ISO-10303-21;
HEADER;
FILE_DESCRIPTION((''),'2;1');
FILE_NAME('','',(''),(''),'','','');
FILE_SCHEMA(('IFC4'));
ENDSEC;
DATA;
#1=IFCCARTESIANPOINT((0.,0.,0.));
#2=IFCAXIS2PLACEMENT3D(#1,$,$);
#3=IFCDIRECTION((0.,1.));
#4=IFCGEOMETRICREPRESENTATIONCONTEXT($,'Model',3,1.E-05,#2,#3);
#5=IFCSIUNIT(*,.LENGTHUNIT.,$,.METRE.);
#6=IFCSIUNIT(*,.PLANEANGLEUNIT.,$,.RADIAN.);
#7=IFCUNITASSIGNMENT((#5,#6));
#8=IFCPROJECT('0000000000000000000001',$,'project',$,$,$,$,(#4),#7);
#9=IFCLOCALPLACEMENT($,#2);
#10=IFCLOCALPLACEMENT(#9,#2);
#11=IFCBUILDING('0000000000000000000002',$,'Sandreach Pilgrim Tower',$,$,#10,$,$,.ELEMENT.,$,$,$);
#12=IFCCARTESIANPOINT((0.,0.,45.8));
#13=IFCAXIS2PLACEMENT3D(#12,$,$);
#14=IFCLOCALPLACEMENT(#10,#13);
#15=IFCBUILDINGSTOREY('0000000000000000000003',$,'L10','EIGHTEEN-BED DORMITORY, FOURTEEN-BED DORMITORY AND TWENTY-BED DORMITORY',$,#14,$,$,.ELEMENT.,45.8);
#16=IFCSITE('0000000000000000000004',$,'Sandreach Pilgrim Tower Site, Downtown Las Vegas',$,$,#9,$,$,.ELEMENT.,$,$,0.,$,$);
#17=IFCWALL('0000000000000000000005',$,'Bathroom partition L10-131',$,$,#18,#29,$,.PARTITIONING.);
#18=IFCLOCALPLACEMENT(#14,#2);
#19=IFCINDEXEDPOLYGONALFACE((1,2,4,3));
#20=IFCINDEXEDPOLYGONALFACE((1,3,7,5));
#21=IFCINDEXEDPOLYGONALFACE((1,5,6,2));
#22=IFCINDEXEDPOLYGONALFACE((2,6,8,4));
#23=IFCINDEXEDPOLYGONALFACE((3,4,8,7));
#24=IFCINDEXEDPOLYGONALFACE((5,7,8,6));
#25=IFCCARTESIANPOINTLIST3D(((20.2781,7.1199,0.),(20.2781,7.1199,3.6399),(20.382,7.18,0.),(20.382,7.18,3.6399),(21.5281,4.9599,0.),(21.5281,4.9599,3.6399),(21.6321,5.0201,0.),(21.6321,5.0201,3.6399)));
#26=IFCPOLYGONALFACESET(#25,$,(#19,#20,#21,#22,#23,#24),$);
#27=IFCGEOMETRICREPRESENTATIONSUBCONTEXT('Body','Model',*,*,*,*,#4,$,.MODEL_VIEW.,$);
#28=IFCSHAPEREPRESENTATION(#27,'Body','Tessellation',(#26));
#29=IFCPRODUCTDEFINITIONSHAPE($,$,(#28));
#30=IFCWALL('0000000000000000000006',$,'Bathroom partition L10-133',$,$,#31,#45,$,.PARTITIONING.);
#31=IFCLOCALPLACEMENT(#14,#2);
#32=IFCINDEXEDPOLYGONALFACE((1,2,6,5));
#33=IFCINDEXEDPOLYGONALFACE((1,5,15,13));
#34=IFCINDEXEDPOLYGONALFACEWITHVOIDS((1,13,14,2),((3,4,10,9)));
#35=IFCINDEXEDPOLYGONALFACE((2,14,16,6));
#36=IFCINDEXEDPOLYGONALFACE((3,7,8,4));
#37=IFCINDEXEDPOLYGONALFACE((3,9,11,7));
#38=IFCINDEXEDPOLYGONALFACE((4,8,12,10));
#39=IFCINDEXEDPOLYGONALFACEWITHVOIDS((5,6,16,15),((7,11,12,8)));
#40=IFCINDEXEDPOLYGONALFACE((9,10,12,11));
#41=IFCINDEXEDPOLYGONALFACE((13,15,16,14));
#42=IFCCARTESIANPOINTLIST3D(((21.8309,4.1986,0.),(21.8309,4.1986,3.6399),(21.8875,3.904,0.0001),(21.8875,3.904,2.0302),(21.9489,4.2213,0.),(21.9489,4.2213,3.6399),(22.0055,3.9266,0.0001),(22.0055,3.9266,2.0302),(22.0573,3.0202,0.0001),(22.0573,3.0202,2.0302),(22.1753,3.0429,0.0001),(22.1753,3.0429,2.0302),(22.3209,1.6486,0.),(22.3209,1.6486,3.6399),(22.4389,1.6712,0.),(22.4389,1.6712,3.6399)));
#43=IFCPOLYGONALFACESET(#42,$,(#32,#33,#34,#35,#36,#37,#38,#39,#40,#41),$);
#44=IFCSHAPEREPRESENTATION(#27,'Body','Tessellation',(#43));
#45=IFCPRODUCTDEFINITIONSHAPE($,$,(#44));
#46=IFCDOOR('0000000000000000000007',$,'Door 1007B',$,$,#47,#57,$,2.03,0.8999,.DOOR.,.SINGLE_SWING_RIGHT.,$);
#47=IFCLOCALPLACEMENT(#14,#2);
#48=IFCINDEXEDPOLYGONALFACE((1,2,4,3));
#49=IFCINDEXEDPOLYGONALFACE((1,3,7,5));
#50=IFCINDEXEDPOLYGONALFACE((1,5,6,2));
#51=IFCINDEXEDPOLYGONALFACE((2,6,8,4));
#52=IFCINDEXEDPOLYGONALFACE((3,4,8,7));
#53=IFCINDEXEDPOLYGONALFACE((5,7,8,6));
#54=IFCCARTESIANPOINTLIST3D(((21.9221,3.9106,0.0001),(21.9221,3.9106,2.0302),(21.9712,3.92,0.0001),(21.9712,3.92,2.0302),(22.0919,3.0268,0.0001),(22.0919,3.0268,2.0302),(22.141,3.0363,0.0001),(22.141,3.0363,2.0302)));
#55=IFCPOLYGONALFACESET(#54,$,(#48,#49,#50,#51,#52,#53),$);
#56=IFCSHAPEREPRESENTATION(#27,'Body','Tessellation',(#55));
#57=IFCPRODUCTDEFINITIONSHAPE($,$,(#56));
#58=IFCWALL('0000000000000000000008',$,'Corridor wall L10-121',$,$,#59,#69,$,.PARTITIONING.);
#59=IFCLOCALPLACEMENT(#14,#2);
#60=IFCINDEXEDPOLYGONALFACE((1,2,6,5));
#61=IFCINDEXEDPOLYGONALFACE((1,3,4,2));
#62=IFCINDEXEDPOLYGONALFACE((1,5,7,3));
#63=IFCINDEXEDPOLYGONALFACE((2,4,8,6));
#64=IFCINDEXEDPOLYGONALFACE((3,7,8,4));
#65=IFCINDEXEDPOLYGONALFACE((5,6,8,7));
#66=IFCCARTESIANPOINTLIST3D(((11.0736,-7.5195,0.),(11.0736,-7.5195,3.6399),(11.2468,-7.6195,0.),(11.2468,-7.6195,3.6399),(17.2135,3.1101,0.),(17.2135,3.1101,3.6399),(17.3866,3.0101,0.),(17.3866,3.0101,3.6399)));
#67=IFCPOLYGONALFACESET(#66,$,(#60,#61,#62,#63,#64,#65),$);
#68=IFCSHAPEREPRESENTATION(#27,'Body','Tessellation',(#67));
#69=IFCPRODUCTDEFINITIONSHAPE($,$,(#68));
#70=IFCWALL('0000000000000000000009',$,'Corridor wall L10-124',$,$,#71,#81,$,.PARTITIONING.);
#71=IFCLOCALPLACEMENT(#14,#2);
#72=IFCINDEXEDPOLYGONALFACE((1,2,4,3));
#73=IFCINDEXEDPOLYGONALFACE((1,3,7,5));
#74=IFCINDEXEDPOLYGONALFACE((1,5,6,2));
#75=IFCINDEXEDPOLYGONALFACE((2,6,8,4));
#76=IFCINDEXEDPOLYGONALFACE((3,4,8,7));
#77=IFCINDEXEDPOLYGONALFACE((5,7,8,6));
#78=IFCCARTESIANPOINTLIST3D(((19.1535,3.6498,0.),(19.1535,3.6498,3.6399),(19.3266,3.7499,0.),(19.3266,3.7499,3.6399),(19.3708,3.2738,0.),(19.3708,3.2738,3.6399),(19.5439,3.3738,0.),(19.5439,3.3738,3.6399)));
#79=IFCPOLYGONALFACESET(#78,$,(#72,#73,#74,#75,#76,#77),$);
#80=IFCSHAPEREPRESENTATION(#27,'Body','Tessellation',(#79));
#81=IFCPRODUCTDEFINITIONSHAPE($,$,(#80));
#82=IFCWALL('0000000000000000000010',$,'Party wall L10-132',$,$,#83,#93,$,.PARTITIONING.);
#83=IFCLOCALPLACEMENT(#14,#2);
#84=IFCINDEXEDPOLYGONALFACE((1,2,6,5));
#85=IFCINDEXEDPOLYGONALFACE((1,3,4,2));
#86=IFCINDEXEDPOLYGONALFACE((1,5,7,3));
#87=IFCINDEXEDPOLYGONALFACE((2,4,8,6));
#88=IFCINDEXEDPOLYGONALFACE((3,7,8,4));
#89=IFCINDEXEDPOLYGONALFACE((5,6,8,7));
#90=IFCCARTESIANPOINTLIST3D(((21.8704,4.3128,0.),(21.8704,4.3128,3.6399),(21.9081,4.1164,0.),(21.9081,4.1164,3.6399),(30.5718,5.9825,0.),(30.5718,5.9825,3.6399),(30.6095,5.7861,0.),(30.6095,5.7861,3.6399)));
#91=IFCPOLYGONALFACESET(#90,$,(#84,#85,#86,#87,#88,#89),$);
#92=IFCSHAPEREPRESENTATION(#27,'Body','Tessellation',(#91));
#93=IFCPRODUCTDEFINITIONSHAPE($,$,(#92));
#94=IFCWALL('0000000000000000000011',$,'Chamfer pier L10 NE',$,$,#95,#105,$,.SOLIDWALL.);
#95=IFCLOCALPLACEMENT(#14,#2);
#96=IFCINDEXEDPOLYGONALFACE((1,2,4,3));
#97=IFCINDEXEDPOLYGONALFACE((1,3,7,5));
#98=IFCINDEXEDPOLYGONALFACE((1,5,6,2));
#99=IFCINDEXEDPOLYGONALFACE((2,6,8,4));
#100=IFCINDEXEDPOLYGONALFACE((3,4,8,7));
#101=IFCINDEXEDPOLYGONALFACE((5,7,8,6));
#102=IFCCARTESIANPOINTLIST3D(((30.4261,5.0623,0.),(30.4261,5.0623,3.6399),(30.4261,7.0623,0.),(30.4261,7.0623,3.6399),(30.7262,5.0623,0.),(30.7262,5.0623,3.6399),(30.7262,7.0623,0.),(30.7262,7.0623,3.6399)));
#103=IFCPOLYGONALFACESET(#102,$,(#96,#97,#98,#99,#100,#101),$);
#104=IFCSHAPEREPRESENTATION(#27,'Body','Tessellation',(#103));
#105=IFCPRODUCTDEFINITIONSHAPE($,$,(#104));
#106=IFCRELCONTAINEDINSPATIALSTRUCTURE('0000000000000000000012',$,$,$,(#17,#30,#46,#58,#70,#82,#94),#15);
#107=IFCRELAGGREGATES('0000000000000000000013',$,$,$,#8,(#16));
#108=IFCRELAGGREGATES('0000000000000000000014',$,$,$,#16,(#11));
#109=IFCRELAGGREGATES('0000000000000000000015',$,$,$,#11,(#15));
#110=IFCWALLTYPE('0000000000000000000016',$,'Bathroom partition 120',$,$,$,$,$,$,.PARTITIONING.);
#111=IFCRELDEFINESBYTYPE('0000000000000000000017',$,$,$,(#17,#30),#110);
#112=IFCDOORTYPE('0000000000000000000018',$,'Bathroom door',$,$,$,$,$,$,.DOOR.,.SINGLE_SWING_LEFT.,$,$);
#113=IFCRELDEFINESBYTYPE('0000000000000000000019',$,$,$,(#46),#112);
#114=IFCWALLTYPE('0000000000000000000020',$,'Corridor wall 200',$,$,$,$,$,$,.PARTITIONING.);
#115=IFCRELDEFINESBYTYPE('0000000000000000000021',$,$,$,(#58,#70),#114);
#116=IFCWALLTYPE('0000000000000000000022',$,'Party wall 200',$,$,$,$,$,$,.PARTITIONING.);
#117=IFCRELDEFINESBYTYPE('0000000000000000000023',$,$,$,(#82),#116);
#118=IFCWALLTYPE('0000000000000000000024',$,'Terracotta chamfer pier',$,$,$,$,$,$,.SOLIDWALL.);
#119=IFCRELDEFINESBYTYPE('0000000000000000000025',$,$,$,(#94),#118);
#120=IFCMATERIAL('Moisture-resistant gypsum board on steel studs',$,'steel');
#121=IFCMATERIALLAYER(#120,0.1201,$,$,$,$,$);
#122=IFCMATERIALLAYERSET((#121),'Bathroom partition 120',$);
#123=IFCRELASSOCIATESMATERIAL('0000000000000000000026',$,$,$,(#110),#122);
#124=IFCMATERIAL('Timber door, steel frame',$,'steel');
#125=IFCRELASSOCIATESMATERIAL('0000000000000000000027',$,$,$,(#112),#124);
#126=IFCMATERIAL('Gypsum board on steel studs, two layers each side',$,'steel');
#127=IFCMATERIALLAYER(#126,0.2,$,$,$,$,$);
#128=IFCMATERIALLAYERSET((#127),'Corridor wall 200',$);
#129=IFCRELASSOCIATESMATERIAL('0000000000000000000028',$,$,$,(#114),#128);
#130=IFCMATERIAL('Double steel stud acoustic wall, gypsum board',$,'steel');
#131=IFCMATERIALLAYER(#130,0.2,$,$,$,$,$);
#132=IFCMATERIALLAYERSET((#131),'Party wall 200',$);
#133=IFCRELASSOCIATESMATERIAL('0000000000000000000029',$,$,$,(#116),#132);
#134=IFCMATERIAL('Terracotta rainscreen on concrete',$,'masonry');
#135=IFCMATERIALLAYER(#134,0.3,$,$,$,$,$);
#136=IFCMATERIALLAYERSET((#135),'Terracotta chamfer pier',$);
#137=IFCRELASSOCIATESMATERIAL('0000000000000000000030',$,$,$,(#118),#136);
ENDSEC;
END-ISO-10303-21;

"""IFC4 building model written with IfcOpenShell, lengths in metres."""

from ifc_helpers import new_model, si_unit, direction, frame, frame_2d, origin, place, context, subcontext, project, spatial, rectangle, extrude, material, layer, layer_set, type_object, element, fill, save


model = new_model("IFC4")

# Units and contexts
model_context = context("Model", 3, precision=1e-05, world=origin(), true_north=direction((0.0, 1.0)))
body_context = subcontext(model_context, "Body", "Model", "MODEL_VIEW")
ifc_project = project(units=[si_unit("LENGTHUNIT", "METRE"), si_unit("PLANEANGLEUNIT", "RADIAN")], contexts=[model_context])

# Site, building, storey
site_placement = place(None, origin())
site = spatial("IfcSite", under=ifc_project, at=site_placement, Name="Sandreach Pilgrim Tower Site, Downtown Las Vegas", CompositionType="ELEMENT", RefElevation=0.0)
building_placement = place(site_placement, origin())
building = spatial("IfcBuilding", under=site, at=building_placement, Name="Sandreach Pilgrim Tower", CompositionType="ELEMENT")
storey_placement = place(building_placement, frame((0.0, 0.0, 45.8)))
storey = spatial("IfcBuildingStorey", under=building, at=storey_placement, Name="L10", Description="EIGHTEEN-BED DORMITORY, FOURTEEN-BED DORMITORY AND TWENTY-BED DORMITORY", CompositionType="ELEMENT", Elevation=45.8)

# Shared definitions
ifc_material_1 = material(Name="Moisture-resistant gypsum board on steel studs", Category="steel")
ifc_layer_1 = layer(ifc_material_1, 0.1201)
ifc_layer_set_1 = layer_set([ifc_layer_1], Name="Bathroom partition 120")
wall_type_1 = type_object("IfcWallType", Name="Bathroom partition 120", PredefinedType="PARTITIONING", material=ifc_layer_set_1)

# Shared definitions
ifc_material_2 = material(Name="Timber door, steel frame", Category="steel")
door_type_1 = type_object("IfcDoorType", Name="Bathroom door", OperationType="SINGLE_SWING_LEFT", PredefinedType="DOOR", material=ifc_material_2)

# Wall
wall_1_placement = place(storey_placement, frame((21.5801, 4.99, 0.0), z_axis=(0.0, 0.0, 1.0), x_axis=(-0.500894, 0.865509, 0.0)))
element("IfcWall", 1, at=wall_1_placement, inside=storey, type_object=wall_type_1, Name="Bathroom partition L10-131", PredefinedType="PARTITIONING", context=body_context, shape_type="SweptSolid", body=[
    extrude(rectangle(XDim=2.4956, YDim=0.1201, at=frame_2d((1.2478, 0.0))), origin(), (0.0, 0.0, 1.0), 3.6399),
])

# Wall, opening, door
wall_2_placement = place(storey_placement, frame((22.3799, 1.6599, 0.0), z_axis=(0.0, 0.0, 1.0), x_axis=(-0.188697, 0.982035, 0.0)))
wall_2 = element("IfcWall", 2, at=wall_2_placement, inside=storey, type_object=wall_type_1, Name="Bathroom partition L10-133", PredefinedType="PARTITIONING", context=body_context, shape_type="SweptSolid", body=[
    extrude(rectangle(XDim=2.5967, YDim=0.1201, at=frame_2d((1.2983, 0.0))), origin(), (0.0, 0.0, 1.0), 3.6399),
])
opening_1_placement = place(wall_2_placement, frame((1.3967, 0.0, 0.0)))
opening_1 = element("IfcOpeningElement", 3, at=opening_1_placement, cuts=wall_2, PredefinedType="OPENING", context=body_context, shape_type="SweptSolid", body=[
    extrude(rectangle(XDim=0.8999, YDim=2.03, at=frame_2d((0.45, 1.0151))), frame((0.0, 0.0601, 0.0), z_axis=(0.0, -1.0, 0.0), x_axis=(1.0, 0.0, 0.0)), (0.0, 0.0, 1.0), 0.1201),
])
door_1_placement = place(opening_1_placement, origin())
door_1 = element("IfcDoor", 4, at=door_1_placement, inside=storey, type_object=door_type_1, Name="Door 1007B", OperationType="SINGLE_SWING_RIGHT", OverallHeight=2.03, OverallWidth=0.8999, PredefinedType="DOOR", context=body_context, shape_type="SweptSolid", body=[
    extrude(rectangle(XDim=0.8999, YDim=2.03, at=frame_2d((0.45, 1.0151))), frame((0.0, 0.0249, 0.0), z_axis=(0.0, -1.0, 0.0), x_axis=(1.0, 0.0, 0.0)), (0.0, 0.0, 1.0), 0.05),
])
fill(opening_1, door_1)
ifc_material_3 = material(Name="Gypsum board on steel studs, two layers each side", Category="steel")
ifc_layer_2 = layer(ifc_material_3, 0.2)
ifc_layer_set_2 = layer_set([ifc_layer_2], Name="Corridor wall 200")
wall_type_2 = type_object("IfcWallType", Name="Corridor wall 200", PredefinedType="PARTITIONING", material=ifc_layer_set_2)

# Walls
wall_3_placement = place(storey_placement, frame((17.3, 3.0601, 0.0), z_axis=(0.0, 0.0, 1.0), x_axis=(-0.500175, -0.865924, 0.0)))
element("IfcWall", 5, at=wall_3_placement, inside=storey, type_object=wall_type_2, Name="Corridor wall L10-121", PredefinedType="PARTITIONING", context=body_context, shape_type="SweptSolid", body=[
    extrude(rectangle(XDim=12.2754, YDim=0.2, at=frame_2d((6.1377, 0.0))), origin(), (0.0, 0.0, 1.0), 3.6399),
])
wall_4_placement = place(storey_placement, frame((19.24, 3.7, 0.0), z_axis=(0.0, 0.0, 1.0), x_axis=(0.500371, -0.865811, 0.0)))
element("IfcWall", 6, at=wall_4_placement, inside=storey, type_object=wall_type_2, Name="Corridor wall L10-124", PredefinedType="PARTITIONING", context=body_context, shape_type="SweptSolid", body=[
    extrude(rectangle(XDim=0.4343, YDim=0.2, at=frame_2d((0.2173, 0.0))), origin(), (0.0, 0.0, 1.0), 3.6399),
])
ifc_material_4 = material(Name="Double steel stud acoustic wall, gypsum board", Category="steel")
ifc_layer_3 = layer(ifc_material_4, 0.2)
ifc_layer_set_3 = layer_set([ifc_layer_3], Name="Party wall 200")
wall_type_3 = type_object("IfcWallType", Name="Party wall 200", PredefinedType="PARTITIONING", material=ifc_layer_set_3)
wall_5_placement = place(storey_placement, frame((21.8892, 4.2146, 0.0), z_axis=(0.0, 0.0, 1.0), x_axis=(0.982083, 0.188448, 0.0)))
element("IfcWall", 7, at=wall_5_placement, inside=storey, type_object=wall_type_3, Name="Party wall L10-132", PredefinedType="PARTITIONING", context=body_context, shape_type="SweptSolid", body=[
    extrude(rectangle(XDim=8.8601, YDim=0.2, at=frame_2d((4.4302, 0.0))), origin(), (0.0, 0.0, 1.0), 3.6399),
])
ifc_material_5 = material(Name="Terracotta rainscreen on concrete", Category="masonry")
ifc_layer_4 = layer(ifc_material_5, 0.3)
ifc_layer_set_4 = layer_set([ifc_layer_4], Name="Terracotta chamfer pier")
wall_type_4 = type_object("IfcWallType", Name="Terracotta chamfer pier", PredefinedType="SOLIDWALL", material=ifc_layer_set_4)
wall_6_placement = place(storey_placement, frame((30.5762, 7.0623, 0.0), z_axis=(0.0, 0.0, 1.0), x_axis=(0.0, -1.0, 0.0)))
element("IfcWall", 8, at=wall_6_placement, inside=storey, type_object=wall_type_4, Name="Chamfer pier L10 NE", PredefinedType="SOLIDWALL", context=body_context, shape_type="SweptSolid", body=[
    extrude(rectangle(XDim=2.0, YDim=0.3, at=frame_2d((1.0, 0.0))), origin(), (0.0, 0.0, 1.0), 3.6399),
])

save(model, "model.ifc")
